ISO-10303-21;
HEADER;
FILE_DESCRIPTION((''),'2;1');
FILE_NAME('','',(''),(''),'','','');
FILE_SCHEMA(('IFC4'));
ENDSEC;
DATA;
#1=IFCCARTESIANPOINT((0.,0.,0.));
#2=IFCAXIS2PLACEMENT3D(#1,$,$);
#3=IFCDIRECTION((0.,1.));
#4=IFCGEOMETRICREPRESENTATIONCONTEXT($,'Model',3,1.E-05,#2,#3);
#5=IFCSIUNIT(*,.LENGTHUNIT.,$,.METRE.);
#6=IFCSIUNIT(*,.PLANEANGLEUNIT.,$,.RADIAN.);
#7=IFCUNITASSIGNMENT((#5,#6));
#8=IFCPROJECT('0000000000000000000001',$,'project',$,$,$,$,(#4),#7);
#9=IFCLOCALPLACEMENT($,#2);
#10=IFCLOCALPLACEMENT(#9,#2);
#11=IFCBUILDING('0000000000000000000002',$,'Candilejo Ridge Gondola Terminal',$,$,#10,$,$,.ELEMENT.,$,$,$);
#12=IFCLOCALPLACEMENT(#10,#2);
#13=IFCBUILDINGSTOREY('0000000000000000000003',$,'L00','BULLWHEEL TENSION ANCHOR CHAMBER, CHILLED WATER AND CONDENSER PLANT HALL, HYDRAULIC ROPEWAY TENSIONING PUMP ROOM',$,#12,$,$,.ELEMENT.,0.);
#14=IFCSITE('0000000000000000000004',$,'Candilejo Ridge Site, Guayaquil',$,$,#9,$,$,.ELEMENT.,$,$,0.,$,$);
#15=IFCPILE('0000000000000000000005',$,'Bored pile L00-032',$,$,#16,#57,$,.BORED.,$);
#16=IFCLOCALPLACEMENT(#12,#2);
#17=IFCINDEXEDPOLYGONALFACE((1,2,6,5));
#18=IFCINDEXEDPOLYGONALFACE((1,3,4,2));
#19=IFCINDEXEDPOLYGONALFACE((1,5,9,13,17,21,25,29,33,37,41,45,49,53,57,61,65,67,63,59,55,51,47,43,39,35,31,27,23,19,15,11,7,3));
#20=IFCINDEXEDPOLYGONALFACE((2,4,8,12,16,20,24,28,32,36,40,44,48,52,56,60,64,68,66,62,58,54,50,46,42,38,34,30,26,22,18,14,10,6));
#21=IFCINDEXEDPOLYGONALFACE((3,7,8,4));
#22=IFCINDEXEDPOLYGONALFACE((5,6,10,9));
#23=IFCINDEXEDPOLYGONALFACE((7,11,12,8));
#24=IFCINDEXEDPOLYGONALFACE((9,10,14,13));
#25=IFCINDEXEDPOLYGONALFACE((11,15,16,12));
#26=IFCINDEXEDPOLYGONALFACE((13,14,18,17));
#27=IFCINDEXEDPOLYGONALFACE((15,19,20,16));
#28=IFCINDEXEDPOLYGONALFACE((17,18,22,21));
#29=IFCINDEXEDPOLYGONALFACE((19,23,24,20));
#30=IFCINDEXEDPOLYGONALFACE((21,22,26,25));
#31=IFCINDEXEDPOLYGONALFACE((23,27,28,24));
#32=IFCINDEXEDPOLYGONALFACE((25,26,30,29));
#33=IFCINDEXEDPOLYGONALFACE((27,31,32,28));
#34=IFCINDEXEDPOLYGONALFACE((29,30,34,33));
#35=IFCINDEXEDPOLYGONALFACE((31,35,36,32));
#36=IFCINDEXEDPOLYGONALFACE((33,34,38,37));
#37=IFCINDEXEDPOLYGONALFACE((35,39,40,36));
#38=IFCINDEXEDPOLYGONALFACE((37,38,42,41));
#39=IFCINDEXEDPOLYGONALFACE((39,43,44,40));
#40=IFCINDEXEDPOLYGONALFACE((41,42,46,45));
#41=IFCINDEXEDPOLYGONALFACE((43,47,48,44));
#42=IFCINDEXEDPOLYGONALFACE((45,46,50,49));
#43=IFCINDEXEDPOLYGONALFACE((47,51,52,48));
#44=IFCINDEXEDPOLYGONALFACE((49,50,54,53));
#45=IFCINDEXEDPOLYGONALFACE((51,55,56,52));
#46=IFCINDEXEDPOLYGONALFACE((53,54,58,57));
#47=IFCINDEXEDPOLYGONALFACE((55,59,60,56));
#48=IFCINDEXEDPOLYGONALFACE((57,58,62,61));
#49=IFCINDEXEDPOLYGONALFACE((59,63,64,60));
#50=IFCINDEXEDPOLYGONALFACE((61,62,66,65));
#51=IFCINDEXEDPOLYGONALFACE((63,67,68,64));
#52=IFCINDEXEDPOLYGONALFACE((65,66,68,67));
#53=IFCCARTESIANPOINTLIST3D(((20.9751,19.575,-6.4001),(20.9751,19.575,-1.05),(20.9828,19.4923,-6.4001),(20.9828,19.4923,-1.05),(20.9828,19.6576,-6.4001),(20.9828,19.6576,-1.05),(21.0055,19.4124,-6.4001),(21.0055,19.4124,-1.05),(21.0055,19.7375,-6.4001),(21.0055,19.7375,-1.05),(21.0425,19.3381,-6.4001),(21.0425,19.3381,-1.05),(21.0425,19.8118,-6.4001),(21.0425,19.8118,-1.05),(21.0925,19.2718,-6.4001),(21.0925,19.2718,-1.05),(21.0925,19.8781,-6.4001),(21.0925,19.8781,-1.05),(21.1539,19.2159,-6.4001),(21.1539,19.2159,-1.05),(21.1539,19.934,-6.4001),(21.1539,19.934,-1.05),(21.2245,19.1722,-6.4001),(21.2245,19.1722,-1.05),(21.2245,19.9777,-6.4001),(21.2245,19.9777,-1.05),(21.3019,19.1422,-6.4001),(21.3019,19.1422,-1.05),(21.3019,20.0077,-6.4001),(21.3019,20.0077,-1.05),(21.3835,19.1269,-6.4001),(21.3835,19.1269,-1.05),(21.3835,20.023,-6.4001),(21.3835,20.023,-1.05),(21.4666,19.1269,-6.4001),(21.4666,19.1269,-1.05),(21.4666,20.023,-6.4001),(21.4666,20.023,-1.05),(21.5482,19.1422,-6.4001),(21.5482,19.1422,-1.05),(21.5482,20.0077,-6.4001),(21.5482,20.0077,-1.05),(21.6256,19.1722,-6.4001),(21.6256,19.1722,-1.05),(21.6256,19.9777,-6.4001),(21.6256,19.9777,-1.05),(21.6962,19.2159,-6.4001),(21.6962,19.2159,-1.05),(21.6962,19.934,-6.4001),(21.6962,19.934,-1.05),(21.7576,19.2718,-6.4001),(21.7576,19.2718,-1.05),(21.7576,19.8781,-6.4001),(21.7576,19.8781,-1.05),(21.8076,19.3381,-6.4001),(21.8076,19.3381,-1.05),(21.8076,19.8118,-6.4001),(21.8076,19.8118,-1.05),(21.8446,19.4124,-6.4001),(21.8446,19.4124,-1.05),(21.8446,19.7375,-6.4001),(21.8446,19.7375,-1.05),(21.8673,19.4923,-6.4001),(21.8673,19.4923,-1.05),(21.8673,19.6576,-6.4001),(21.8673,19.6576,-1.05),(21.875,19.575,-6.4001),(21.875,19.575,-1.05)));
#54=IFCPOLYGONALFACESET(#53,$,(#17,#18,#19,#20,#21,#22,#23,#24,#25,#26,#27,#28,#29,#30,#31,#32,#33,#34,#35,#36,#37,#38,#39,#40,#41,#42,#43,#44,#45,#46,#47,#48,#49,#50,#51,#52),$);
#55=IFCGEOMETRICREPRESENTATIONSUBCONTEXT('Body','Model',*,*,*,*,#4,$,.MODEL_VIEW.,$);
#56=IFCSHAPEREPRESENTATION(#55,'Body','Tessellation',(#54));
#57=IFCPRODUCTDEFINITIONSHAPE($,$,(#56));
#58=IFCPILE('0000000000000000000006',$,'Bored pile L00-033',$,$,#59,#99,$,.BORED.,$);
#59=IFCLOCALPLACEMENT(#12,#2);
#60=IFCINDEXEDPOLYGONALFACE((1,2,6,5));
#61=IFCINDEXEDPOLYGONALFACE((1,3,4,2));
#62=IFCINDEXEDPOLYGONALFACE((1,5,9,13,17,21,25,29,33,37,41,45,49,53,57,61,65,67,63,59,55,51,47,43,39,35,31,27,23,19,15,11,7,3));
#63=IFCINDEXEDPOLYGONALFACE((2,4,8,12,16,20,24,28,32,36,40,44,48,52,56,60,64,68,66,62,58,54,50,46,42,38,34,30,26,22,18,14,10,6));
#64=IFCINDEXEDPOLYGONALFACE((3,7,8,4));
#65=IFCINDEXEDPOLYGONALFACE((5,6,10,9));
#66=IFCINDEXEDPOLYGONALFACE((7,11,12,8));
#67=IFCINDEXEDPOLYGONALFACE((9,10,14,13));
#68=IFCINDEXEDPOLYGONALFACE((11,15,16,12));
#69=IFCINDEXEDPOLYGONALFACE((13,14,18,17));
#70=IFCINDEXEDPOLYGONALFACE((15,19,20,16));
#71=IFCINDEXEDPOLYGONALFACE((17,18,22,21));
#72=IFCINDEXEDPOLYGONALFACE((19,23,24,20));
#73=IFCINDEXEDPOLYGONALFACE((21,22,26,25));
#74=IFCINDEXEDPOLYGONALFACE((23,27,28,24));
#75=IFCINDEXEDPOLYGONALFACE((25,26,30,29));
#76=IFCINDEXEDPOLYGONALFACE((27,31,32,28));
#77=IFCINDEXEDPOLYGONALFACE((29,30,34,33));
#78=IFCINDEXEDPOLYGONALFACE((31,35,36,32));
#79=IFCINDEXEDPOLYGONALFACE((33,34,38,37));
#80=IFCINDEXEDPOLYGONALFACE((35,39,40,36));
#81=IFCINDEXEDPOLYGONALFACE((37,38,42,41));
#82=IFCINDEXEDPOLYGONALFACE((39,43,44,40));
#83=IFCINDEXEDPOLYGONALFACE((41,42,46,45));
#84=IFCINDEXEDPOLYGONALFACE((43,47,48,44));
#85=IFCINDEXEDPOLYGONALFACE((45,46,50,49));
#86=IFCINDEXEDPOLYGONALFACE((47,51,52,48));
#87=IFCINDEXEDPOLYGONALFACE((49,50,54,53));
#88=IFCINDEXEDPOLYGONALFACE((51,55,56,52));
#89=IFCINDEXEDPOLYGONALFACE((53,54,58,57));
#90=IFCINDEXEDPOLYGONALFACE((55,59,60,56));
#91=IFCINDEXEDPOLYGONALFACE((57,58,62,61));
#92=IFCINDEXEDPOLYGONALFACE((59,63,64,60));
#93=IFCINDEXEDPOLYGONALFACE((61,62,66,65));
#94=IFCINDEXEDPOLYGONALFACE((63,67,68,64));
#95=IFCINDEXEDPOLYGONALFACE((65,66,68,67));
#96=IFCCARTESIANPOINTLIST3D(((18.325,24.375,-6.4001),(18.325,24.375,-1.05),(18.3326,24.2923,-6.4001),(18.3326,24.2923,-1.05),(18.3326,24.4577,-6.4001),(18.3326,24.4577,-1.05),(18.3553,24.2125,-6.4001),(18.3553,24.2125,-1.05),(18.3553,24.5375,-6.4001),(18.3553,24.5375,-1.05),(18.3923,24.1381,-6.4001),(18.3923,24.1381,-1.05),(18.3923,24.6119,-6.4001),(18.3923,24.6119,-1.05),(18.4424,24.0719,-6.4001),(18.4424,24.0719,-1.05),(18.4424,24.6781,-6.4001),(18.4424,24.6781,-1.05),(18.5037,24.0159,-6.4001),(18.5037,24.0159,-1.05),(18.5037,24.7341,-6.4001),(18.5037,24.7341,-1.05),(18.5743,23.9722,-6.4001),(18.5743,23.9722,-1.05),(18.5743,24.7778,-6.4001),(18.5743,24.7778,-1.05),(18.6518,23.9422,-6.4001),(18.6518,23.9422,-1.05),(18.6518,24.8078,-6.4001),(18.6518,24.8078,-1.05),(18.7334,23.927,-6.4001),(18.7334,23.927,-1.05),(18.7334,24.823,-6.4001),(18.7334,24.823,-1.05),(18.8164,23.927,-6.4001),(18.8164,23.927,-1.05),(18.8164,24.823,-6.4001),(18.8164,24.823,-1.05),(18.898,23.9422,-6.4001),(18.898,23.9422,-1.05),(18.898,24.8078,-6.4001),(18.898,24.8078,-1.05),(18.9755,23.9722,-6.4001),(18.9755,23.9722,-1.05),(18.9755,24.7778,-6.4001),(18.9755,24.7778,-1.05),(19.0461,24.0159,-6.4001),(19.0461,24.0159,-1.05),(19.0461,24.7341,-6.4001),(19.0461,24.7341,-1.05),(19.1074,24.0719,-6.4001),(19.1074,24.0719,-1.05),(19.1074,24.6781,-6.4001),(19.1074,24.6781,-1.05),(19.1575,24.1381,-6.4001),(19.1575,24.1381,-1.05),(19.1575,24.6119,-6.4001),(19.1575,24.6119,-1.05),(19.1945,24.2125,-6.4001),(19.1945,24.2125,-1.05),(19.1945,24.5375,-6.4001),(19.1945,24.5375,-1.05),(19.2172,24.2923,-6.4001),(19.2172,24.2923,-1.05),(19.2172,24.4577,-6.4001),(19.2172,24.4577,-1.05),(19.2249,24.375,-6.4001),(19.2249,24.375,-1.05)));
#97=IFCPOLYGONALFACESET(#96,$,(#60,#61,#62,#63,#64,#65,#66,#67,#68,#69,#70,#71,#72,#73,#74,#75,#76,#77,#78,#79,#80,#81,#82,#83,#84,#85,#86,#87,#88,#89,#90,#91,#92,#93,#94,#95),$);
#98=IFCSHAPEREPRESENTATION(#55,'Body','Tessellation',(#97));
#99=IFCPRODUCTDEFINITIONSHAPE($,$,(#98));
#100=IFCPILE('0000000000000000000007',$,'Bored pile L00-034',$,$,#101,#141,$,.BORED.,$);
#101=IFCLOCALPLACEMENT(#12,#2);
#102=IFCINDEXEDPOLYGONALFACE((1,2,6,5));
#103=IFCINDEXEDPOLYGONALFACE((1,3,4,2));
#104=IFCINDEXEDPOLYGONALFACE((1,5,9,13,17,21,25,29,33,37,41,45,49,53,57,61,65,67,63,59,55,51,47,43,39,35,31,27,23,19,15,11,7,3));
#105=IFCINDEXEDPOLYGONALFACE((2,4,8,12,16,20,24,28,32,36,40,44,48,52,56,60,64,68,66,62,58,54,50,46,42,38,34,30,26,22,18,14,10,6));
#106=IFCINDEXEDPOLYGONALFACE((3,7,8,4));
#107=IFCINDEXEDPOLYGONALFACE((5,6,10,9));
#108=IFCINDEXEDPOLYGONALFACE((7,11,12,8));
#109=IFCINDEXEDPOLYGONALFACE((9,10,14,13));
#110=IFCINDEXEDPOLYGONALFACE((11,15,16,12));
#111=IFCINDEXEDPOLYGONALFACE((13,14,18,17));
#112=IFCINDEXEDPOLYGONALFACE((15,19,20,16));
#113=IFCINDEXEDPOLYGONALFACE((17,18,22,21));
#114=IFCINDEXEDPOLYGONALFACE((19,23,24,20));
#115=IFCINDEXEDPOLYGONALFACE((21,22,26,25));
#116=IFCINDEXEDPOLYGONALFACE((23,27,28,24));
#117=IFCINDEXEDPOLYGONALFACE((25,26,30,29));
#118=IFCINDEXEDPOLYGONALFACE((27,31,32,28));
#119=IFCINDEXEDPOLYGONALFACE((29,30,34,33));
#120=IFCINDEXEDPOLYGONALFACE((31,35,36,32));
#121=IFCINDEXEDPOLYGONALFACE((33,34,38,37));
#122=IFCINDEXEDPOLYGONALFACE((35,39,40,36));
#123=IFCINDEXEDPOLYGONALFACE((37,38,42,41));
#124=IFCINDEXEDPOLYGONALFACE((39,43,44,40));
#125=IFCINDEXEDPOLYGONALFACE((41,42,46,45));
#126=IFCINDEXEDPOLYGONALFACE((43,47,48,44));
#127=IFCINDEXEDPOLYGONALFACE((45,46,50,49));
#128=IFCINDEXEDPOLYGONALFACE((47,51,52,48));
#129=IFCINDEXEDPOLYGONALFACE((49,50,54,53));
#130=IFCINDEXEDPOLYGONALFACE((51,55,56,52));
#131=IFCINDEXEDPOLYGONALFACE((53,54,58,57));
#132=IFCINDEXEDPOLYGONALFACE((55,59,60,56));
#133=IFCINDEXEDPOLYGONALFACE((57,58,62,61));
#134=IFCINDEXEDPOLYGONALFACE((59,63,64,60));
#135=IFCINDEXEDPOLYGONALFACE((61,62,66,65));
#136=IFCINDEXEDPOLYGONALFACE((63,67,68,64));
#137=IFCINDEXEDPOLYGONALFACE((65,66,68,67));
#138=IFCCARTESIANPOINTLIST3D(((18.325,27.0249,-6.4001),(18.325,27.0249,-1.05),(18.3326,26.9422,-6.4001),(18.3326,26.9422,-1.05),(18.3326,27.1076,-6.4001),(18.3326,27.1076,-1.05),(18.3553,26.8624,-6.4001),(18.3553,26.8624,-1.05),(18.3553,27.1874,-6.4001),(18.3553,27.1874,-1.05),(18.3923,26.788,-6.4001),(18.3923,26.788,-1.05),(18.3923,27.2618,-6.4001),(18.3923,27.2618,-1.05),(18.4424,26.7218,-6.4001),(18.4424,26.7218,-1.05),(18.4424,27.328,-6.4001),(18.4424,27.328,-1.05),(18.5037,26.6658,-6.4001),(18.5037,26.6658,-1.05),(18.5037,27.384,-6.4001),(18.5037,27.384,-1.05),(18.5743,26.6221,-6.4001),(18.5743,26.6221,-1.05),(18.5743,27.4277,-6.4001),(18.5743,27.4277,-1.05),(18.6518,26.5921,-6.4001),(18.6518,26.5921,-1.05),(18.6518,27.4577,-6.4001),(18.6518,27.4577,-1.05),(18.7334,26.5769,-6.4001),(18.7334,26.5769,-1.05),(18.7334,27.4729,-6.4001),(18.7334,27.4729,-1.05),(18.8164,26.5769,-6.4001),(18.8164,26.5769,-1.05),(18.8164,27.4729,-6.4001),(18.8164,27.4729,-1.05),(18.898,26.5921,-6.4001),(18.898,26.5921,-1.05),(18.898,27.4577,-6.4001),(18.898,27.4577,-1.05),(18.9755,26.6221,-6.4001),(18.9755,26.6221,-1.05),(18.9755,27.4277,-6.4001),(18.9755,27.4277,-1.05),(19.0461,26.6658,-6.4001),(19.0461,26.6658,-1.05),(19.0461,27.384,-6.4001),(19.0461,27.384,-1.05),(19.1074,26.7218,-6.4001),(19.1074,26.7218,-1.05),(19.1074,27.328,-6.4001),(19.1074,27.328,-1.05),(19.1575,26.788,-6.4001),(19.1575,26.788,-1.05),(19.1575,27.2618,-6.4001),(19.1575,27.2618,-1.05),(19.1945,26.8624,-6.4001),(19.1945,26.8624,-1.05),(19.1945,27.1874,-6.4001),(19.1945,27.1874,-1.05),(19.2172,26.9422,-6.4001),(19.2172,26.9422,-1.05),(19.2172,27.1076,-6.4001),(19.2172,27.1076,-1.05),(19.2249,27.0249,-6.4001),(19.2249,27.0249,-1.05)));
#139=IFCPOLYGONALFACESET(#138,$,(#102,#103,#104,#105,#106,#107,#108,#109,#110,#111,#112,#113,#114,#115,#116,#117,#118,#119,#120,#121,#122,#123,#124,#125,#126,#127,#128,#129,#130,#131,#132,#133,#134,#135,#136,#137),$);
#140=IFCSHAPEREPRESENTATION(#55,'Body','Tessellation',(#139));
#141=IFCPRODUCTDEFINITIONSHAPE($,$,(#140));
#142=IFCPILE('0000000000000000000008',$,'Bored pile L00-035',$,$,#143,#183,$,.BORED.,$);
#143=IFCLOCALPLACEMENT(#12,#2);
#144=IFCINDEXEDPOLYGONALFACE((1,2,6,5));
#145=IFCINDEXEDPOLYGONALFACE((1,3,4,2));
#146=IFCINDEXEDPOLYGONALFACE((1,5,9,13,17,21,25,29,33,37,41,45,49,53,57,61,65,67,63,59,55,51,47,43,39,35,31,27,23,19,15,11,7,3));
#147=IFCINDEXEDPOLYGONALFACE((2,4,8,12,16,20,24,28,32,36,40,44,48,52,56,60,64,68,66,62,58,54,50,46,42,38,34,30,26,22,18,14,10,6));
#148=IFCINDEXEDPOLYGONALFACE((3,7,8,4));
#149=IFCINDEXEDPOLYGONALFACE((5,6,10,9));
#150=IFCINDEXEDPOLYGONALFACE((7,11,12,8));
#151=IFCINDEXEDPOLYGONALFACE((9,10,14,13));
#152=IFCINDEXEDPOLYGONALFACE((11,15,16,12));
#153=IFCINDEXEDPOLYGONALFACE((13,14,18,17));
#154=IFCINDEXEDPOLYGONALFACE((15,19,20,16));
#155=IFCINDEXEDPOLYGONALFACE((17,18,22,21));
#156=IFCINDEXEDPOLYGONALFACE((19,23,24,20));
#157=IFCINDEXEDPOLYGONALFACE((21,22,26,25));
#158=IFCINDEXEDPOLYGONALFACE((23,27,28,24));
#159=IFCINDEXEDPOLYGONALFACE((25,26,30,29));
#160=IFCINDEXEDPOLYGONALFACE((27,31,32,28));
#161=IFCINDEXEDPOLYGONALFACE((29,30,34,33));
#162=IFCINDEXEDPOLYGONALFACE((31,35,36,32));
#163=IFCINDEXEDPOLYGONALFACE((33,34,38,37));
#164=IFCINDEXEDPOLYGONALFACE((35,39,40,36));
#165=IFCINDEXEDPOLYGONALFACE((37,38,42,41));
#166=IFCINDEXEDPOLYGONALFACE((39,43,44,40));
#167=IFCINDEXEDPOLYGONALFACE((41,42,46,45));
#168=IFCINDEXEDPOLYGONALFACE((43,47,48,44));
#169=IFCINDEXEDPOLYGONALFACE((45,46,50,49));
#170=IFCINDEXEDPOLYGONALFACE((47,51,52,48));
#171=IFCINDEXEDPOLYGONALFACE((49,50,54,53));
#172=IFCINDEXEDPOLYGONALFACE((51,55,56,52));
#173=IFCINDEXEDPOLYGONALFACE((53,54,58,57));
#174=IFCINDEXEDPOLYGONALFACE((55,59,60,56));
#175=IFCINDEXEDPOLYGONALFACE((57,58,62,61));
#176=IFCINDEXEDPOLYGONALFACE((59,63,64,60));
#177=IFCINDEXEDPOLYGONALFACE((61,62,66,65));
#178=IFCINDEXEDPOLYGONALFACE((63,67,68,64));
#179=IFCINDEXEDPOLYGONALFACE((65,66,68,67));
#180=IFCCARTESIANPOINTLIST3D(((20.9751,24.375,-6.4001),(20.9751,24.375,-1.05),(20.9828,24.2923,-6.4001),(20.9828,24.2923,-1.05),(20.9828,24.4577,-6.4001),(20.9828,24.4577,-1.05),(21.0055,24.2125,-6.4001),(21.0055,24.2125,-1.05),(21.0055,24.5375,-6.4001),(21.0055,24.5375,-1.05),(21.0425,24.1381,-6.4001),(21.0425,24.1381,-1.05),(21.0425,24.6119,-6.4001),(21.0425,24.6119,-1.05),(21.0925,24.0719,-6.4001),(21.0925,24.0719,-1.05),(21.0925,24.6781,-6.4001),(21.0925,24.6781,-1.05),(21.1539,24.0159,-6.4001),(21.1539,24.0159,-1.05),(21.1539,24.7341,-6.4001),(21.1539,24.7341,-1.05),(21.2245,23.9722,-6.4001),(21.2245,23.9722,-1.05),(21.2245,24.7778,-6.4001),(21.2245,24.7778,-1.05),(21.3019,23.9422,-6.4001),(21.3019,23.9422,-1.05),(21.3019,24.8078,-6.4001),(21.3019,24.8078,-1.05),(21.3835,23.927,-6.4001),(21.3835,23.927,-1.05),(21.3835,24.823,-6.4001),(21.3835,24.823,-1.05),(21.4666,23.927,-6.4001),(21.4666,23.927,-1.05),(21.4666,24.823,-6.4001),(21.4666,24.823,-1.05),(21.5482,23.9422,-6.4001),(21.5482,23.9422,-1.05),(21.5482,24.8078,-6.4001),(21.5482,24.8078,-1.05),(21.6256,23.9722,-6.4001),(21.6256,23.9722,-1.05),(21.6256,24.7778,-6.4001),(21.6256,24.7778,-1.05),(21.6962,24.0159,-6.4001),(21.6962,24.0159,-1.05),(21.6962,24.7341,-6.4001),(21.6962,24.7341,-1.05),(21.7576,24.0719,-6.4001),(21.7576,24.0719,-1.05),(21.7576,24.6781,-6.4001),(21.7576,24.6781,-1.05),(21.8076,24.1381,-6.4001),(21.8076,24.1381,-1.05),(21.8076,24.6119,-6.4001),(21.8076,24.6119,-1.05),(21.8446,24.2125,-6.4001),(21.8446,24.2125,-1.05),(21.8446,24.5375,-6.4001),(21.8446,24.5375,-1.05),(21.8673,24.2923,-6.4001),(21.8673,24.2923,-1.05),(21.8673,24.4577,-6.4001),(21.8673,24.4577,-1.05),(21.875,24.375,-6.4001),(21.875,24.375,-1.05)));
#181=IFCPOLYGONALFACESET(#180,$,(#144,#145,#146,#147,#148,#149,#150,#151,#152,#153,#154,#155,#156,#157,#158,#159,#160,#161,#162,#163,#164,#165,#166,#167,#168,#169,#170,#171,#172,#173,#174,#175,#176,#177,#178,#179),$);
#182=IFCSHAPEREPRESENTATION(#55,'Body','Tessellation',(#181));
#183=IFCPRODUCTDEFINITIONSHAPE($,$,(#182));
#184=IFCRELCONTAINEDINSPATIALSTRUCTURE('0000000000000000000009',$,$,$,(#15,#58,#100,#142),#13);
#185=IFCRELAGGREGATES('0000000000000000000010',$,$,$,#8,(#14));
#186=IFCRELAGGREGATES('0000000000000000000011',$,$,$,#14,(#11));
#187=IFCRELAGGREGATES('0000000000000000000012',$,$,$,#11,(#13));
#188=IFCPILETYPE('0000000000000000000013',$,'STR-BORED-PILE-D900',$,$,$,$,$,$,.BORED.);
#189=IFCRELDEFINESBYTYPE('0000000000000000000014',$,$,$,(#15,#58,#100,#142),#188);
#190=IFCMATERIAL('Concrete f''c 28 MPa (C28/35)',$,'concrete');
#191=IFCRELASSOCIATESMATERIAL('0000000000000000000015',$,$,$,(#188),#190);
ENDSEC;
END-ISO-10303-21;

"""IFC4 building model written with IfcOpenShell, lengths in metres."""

from ifc_helpers import new_model, si_unit, direction, frame, origin, origin_2d, place, context, subcontext, project, spatial, circle, extrude, material, material_profile, profile_set, type_object, element, save


model = new_model("IFC4")

# Units and contexts
model_context = context("Model", 3, precision=1e-05, world=origin(), true_north=direction((0.0, 1.0)))
body_context = subcontext(model_context, "Body", "Model", "MODEL_VIEW")
ifc_project = project(units=[si_unit("LENGTHUNIT", "METRE"), si_unit("PLANEANGLEUNIT", "RADIAN")], contexts=[model_context])

# Site, building, storey
site_placement = place(None, origin())
site = spatial("IfcSite", under=ifc_project, at=site_placement, Name="Candilejo Ridge Site, Guayaquil", CompositionType="ELEMENT", RefElevation=0.0)
building_placement = place(site_placement, origin())
building = spatial("IfcBuilding", under=site, at=building_placement, Name="Candilejo Ridge Gondola Terminal", CompositionType="ELEMENT")
storey_placement = place(building_placement, origin())
storey = spatial("IfcBuildingStorey", under=building, at=storey_placement, Name="L00", Description="BULLWHEEL TENSION ANCHOR CHAMBER, CHILLED WATER AND CONDENSER PLANT HALL, HYDRAULIC ROPEWAY TENSIONING PUMP ROOM", CompositionType="ELEMENT", Elevation=0.0)

# Piles
ifc_material_1 = material(Name="Concrete f'c 28 MPa (C28/35)", Category="concrete")
ifc_material_profile_1 = material_profile(ifc_material_1, circle(Radius=0.45, at=origin_2d()))
ifc_profile_set_1 = profile_set([ifc_material_profile_1], Name="Concrete f'c 28 MPa (C28/35)")
pile_type = type_object("IfcPileType", Name="STR-BORED-PILE-D900", PredefinedType="BORED", material=ifc_profile_set_1)
for number, where, z_axis, x_axis, name in (
    (1, (21.425, 19.575, -1.05), (0.0, 0.0, -1.0), (1.0, 0.0, 0.0), "Bored pile L00-032"),
    (2, (18.7749, 24.375, -1.05), (0.0, 0.0, -1.0), (1.0, 0.0, 0.0), "Bored pile L00-033"),
    (3, (18.7749, 27.0249, -1.05), (0.0, 0.0, -1.0), (1.0, 0.0, 0.0), "Bored pile L00-034"),
    (4, (21.425, 24.375, -1.05), (0.0, 0.0, -1.0), (1.0, 0.0, 0.0), "Bored pile L00-035"),
):
    element("IfcPile", number, at=place(storey_placement, frame(where, z_axis=z_axis, x_axis=x_axis)), inside=storey, type_object=pile_type, Name=name, PredefinedType="BORED", context=body_context, shape_type="SweptSolid", body=[
        extrude(circle(Radius=0.45, at=origin_2d()), origin(), (0.0, 0.0, 1.0), 5.3501),
    ])

save(model, "model.ifc")
